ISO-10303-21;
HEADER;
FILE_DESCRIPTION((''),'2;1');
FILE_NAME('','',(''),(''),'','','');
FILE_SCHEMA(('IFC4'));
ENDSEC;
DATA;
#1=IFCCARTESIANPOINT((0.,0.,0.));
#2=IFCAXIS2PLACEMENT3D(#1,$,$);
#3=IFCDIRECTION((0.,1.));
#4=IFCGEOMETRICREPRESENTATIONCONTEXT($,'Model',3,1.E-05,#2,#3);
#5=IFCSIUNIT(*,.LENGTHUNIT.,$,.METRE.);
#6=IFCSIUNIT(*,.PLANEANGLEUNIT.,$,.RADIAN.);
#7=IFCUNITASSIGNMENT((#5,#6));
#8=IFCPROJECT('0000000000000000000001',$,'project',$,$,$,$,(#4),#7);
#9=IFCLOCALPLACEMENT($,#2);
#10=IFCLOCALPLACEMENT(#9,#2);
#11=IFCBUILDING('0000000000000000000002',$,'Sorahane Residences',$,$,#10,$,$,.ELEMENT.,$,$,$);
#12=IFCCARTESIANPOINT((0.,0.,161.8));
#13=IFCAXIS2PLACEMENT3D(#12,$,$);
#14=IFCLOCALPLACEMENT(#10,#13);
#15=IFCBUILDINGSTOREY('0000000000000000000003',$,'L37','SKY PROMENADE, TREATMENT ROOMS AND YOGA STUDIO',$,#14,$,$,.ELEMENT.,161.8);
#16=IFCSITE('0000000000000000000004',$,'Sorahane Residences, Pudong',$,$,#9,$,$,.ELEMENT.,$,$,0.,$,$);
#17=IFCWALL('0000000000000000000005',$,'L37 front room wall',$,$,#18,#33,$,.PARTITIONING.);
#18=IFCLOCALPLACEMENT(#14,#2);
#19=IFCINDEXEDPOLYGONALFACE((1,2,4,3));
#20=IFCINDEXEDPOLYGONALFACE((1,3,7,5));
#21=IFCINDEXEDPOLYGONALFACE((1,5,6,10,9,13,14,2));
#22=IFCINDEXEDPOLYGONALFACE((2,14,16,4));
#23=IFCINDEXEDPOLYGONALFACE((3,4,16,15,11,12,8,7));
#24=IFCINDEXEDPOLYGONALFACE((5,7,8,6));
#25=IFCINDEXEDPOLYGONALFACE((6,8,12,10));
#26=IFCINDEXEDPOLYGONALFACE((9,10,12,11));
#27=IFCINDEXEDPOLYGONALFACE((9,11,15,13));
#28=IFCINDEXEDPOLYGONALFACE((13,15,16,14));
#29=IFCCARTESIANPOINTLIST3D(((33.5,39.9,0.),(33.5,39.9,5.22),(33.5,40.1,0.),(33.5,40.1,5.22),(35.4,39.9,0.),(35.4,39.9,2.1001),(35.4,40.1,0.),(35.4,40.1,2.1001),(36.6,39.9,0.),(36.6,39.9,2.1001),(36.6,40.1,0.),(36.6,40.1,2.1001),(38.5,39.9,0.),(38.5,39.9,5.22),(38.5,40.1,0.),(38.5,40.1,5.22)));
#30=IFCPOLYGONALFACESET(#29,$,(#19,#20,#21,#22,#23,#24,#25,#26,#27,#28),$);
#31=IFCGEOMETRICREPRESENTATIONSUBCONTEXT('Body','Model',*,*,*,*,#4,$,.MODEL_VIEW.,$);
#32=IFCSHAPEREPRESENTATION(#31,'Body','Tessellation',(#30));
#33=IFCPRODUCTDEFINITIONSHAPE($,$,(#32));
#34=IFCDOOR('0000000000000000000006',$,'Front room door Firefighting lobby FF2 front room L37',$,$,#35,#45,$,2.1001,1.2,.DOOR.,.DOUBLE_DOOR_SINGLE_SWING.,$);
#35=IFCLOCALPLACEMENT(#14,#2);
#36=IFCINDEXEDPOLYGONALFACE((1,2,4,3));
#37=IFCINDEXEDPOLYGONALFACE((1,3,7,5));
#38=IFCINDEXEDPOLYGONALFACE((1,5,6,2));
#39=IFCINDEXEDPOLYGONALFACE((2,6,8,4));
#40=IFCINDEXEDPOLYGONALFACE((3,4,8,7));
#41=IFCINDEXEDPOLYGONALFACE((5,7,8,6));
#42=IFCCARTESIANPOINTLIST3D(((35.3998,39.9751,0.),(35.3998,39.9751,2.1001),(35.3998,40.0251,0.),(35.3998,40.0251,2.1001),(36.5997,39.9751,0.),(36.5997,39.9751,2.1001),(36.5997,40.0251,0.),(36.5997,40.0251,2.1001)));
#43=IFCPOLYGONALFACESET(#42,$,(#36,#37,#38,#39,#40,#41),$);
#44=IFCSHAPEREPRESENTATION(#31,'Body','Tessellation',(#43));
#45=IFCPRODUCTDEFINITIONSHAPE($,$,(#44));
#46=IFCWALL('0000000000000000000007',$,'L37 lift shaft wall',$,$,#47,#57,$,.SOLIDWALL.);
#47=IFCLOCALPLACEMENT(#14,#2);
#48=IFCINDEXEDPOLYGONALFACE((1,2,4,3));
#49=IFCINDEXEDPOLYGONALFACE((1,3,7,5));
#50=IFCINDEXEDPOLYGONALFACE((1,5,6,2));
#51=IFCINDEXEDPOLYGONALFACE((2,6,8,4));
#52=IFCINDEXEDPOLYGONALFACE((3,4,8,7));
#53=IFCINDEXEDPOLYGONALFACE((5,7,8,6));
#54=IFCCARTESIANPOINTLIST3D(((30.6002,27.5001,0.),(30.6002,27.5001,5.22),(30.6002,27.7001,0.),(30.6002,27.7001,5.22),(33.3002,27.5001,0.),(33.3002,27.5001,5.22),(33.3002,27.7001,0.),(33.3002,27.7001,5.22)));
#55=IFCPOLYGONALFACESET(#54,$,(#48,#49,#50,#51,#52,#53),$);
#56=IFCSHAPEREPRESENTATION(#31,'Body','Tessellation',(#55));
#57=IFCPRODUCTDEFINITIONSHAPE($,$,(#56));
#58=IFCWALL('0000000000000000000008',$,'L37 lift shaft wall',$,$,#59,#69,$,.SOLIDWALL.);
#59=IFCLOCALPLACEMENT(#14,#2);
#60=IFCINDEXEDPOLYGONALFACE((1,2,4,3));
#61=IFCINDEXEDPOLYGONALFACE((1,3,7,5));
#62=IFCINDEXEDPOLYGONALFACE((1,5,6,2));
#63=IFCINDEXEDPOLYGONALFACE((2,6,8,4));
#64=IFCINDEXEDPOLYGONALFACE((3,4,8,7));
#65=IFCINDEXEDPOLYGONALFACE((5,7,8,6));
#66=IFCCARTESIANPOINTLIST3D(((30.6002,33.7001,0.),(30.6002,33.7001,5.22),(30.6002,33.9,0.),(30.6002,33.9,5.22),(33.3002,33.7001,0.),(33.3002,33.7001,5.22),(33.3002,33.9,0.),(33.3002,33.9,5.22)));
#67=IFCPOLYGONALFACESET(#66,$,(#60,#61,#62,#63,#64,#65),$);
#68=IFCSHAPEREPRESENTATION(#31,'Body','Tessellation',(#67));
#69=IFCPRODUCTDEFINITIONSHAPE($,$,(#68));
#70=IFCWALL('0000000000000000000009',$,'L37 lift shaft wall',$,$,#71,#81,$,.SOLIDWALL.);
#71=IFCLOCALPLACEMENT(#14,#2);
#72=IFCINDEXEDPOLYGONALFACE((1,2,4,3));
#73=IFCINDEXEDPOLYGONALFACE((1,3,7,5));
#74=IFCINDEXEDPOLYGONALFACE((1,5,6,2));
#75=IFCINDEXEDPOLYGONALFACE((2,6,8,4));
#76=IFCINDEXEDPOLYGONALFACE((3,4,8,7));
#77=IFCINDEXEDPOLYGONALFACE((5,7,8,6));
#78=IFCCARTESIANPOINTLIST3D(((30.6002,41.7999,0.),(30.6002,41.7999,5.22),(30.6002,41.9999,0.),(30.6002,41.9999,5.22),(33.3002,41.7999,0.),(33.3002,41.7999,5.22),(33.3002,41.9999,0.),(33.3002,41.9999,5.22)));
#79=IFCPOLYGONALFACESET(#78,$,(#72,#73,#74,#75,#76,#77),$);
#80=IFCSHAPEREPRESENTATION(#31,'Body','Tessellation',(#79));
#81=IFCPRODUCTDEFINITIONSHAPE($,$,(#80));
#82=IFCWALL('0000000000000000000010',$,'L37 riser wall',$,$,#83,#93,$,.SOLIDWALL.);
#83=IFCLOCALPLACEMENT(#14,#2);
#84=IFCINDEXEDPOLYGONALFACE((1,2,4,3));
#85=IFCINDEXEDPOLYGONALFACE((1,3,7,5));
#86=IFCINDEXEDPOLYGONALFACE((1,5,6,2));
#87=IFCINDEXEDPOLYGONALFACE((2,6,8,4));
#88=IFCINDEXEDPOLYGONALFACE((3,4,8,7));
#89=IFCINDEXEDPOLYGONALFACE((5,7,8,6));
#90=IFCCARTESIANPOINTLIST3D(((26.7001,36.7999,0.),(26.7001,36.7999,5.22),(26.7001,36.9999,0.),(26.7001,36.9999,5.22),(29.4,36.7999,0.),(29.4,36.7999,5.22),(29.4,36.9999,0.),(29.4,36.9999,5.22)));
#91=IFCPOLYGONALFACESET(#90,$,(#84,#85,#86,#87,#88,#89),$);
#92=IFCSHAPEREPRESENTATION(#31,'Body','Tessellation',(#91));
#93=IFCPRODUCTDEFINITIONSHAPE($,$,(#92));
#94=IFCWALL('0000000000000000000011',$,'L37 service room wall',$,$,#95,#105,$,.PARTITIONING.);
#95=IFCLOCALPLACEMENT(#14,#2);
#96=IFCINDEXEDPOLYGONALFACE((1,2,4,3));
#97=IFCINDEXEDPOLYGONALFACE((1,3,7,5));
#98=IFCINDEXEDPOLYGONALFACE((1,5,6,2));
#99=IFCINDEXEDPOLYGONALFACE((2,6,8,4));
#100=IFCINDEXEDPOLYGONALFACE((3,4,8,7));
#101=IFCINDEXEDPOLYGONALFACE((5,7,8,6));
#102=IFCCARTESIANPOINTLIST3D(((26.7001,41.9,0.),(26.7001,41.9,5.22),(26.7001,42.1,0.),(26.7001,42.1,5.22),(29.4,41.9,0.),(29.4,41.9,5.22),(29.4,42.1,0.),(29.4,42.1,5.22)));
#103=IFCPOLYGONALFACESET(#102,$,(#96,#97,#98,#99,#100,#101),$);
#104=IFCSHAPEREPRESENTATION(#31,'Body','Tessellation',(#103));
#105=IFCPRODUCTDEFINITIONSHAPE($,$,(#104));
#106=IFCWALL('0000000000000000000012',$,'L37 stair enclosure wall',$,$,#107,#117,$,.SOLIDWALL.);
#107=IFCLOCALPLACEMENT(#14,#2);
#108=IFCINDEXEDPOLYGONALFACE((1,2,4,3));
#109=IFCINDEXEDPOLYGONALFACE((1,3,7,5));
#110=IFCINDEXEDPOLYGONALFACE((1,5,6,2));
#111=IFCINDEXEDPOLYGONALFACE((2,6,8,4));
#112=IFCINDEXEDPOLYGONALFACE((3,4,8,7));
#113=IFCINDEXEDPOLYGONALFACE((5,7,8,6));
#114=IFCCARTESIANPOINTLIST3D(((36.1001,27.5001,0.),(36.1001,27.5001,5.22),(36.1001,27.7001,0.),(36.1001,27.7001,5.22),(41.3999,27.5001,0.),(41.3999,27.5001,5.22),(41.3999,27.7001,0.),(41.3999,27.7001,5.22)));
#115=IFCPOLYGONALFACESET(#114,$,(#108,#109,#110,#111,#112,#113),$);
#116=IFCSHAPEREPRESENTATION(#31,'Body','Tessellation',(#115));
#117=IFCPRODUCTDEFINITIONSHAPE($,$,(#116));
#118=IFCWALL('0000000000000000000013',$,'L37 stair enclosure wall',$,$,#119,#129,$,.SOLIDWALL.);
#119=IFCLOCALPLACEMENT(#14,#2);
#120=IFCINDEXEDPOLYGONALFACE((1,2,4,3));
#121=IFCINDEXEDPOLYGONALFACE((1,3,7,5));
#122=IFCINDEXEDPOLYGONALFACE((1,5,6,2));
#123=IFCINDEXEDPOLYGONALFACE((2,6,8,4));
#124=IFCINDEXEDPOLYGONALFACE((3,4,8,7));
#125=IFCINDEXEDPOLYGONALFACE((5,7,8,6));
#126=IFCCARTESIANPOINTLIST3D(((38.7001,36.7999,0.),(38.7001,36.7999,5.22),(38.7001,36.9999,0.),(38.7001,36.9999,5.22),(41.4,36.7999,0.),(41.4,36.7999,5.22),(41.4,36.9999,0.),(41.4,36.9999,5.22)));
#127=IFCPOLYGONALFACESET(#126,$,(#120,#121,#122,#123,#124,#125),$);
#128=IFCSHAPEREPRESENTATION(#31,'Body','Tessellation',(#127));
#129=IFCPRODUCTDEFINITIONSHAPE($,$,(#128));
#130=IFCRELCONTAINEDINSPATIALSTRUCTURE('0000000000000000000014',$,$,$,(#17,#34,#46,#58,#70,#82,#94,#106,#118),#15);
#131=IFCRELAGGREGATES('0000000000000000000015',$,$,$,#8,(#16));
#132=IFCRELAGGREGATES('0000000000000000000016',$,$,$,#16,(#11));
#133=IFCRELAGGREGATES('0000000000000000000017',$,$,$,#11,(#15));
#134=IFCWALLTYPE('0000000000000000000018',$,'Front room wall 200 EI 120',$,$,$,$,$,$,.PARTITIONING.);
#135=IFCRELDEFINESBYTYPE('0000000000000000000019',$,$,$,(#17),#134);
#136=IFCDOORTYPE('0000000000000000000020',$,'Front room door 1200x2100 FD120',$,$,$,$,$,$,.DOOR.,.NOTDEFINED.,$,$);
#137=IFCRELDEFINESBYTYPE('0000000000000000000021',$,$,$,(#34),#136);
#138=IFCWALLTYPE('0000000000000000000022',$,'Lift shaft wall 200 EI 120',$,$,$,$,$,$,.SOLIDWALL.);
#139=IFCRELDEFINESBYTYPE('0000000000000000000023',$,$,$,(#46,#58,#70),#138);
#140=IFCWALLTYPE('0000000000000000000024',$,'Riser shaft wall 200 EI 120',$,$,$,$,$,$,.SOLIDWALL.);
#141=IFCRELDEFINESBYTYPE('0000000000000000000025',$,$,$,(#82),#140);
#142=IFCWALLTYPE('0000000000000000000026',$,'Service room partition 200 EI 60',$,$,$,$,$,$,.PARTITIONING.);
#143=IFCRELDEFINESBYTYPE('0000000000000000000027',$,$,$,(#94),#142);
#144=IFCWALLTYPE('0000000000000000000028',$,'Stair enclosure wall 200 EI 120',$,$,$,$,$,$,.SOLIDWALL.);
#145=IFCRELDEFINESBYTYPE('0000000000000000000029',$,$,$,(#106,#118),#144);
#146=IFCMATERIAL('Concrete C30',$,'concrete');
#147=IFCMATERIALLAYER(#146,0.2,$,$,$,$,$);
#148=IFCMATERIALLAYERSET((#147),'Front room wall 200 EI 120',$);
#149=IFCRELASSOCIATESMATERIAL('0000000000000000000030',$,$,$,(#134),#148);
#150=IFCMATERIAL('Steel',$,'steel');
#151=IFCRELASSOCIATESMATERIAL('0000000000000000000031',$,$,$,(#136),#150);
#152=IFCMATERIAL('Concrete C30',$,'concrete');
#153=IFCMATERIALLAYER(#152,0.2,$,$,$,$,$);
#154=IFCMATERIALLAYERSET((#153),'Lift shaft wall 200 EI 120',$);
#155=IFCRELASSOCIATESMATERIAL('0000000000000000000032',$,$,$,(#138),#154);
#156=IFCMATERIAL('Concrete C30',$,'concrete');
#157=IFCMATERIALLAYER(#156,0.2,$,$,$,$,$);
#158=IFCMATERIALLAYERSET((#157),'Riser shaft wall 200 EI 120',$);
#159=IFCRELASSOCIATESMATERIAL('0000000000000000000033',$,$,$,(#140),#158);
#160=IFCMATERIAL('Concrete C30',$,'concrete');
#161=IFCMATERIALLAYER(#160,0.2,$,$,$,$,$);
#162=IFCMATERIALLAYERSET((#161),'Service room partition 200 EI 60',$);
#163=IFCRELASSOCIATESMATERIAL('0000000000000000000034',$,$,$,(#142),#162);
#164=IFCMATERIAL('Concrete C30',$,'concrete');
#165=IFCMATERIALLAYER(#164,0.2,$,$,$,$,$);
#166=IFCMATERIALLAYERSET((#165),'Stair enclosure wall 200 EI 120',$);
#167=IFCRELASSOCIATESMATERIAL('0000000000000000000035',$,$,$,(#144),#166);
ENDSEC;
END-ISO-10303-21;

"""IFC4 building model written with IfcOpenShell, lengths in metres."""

from ifc_helpers import new_model, si_unit, direction, frame, frame_2d, origin, place, context, subcontext, project, spatial, rectangle, extrude, material, layer, layer_set, type_object, element, fill, save


model = new_model("IFC4")

# Units and contexts
model_context = context("Model", 3, precision=1e-05, world=origin(), true_north=direction((0.0, 1.0)))
body_context = subcontext(model_context, "Body", "Model", "MODEL_VIEW")
ifc_project = project(units=[si_unit("LENGTHUNIT", "METRE"), si_unit("PLANEANGLEUNIT", "RADIAN")], contexts=[model_context])

# Site, building, storey
site_placement = place(None, origin())
site = spatial("IfcSite", under=ifc_project, at=site_placement, Name="Sorahane Residences, Pudong", CompositionType="ELEMENT", RefElevation=0.0)
building_placement = place(site_placement, origin())
building = spatial("IfcBuilding", under=site, at=building_placement, Name="Sorahane Residences", CompositionType="ELEMENT")
storey_placement = place(building_placement, frame((0.0, 0.0, 161.8)))
storey = spatial("IfcBuildingStorey", under=building, at=storey_placement, Name="L37", Description="SKY PROMENADE, TREATMENT ROOMS AND YOGA STUDIO", CompositionType="ELEMENT", Elevation=161.8)

# Wall, opening, door
ifc_material_1 = material(Name="Concrete C30", Category="concrete")
ifc_layer_1 = layer(ifc_material_1, 0.2)
ifc_layer_set_1 = layer_set([ifc_layer_1], Name="Front room wall 200 EI 120")
wall_type_1 = type_object("IfcWallType", Name="Front room wall 200 EI 120", PredefinedType="PARTITIONING", material=ifc_layer_set_1)
ifc_material_2 = material(Name="Steel", Category="steel")
door_type = type_object("IfcDoorType", Name="Front room door 1200x2100 FD120", OperationType="NOTDEFINED", PredefinedType="DOOR", material=ifc_material_2)
wall_1_placement = place(storey_placement, frame((33.5, 40.0, 0.0), z_axis=(0.0, 0.0, 1.0), x_axis=(1.0, 0.0, 0.0)))
wall_1 = element("IfcWall", 1, at=wall_1_placement, inside=storey, type_object=wall_type_1, Name="L37 front room wall", PredefinedType="PARTITIONING", context=body_context, shape_type="SweptSolid", body=[
    extrude(rectangle(XDim=5.0, YDim=0.2, at=frame_2d((2.5, 0.0))), origin(), (0.0, 0.0, 1.0), 5.22),
])
opening_1_placement = place(wall_1_placement, frame((1.8999, 0.0, 0.0)))
opening_1 = element("IfcOpeningElement", 2, at=opening_1_placement, cuts=wall_1, PredefinedType="OPENING", context=body_context, shape_type="SweptSolid", body=[
    extrude(rectangle(XDim=1.2, YDim=2.1001, at=frame_2d((0.6001, 1.05))), frame((0.0, 0.1099, 0.0), z_axis=(0.0, -1.0, 0.0), x_axis=(1.0, 0.0, 0.0)), (0.0, 0.0, 1.0), 0.22),
])
door_1_placement = place(opening_1_placement, frame((1.2, 0.0, 0.0), z_axis=(0.0, 0.0, 1.0), x_axis=(-1.0, 0.0, 0.0)))
door_1 = element("IfcDoor", 3, at=door_1_placement, inside=storey, type_object=door_type, Name="Front room door Firefighting lobby FF2 front room L37", OperationType="DOUBLE_DOOR_SINGLE_SWING", OverallHeight=2.1001, OverallWidth=1.2, PredefinedType="DOOR", context=body_context, shape_type="SweptSolid", body=[
    extrude(rectangle(XDim=1.2, YDim=2.1001, at=frame_2d((0.6001, 1.05))), frame((0.0, 0.0249, 0.0), z_axis=(0.0, -1.0, 0.0), x_axis=(1.0, 0.0, 0.0)), (0.0, 0.0, 1.0), 0.05),
])
fill(opening_1, door_1)

# Walls
ifc_material_3 = material(Name="Concrete C30", Category="concrete")
ifc_layer_2 = layer(ifc_material_3, 0.2)
ifc_layer_set_2 = layer_set([ifc_layer_2], Name="Lift shaft wall 200 EI 120")
wall_type_2 = type_object("IfcWallType", Name="Lift shaft wall 200 EI 120", PredefinedType="SOLIDWALL", material=ifc_layer_set_2)
for number, where, z_axis, x_axis, name in (
    (4, (30.6001, 27.6001, 0.0), (0.0, 0.0, 1.0), (1.0, 0.0, 0.0), "L37 lift shaft wall"),
    (5, (30.6001, 33.8, 0.0), (0.0, 0.0, 1.0), (1.0, 0.0, 0.0), "L37 lift shaft wall"),
    (6, (30.6001, 41.8999, 0.0), (0.0, 0.0, 1.0), (1.0, 0.0, 0.0), "L37 lift shaft wall"),
):
    element("IfcWall", number, at=place(storey_placement, frame(where, z_axis=z_axis, x_axis=x_axis)), inside=storey, type_object=wall_type_2, Name=name, PredefinedType="SOLIDWALL", context=body_context, shape_type="SweptSolid", body=[
        extrude(rectangle(XDim=2.7, YDim=0.2, at=frame_2d((1.3501, 0.0))), origin(), (0.0, 0.0, 1.0), 5.22),
    ])
ifc_material_4 = material(Name="Concrete C30", Category="concrete")
ifc_layer_3 = layer(ifc_material_4, 0.2)
ifc_layer_set_3 = layer_set([ifc_layer_3], Name="Riser shaft wall 200 EI 120")
wall_type_3 = type_object("IfcWallType", Name="Riser shaft wall 200 EI 120", PredefinedType="SOLIDWALL", material=ifc_layer_set_3)
wall_2_placement = place(storey_placement, frame((26.7, 36.8999, 0.0), z_axis=(0.0, 0.0, 1.0), x_axis=(1.0, 0.0, 0.0)))
element("IfcWall", 7, at=wall_2_placement, inside=storey, type_object=wall_type_3, Name="L37 riser wall", PredefinedType="SOLIDWALL", context=body_context, shape_type="SweptSolid", body=[
    extrude(rectangle(XDim=2.7, YDim=0.2, at=frame_2d((1.3501, 0.0))), origin(), (0.0, 0.0, 1.0), 5.22),
])
ifc_material_5 = material(Name="Concrete C30", Category="concrete")
ifc_layer_4 = layer(ifc_material_5, 0.2)
ifc_layer_set_4 = layer_set([ifc_layer_4], Name="Service room partition 200 EI 60")
wall_type_4 = type_object("IfcWallType", Name="Service room partition 200 EI 60", PredefinedType="PARTITIONING", material=ifc_layer_set_4)
wall_3_placement = place(storey_placement, frame((26.7, 42.0, 0.0), z_axis=(0.0, 0.0, 1.0), x_axis=(1.0, 0.0, 0.0)))
element("IfcWall", 8, at=wall_3_placement, inside=storey, type_object=wall_type_4, Name="L37 service room wall", PredefinedType="PARTITIONING", context=body_context, shape_type="SweptSolid", body=[
    extrude(rectangle(XDim=2.7, YDim=0.2, at=frame_2d((1.3501, 0.0))), origin(), (0.0, 0.0, 1.0), 5.22),
])
ifc_material_6 = material(Name="Concrete C30", Category="concrete")
ifc_layer_5 = layer(ifc_material_6, 0.2)
ifc_layer_set_5 = layer_set([ifc_layer_5], Name="Stair enclosure wall 200 EI 120")
wall_type_5 = type_object("IfcWallType", Name="Stair enclosure wall 200 EI 120", PredefinedType="SOLIDWALL", material=ifc_layer_set_5)
wall_4_placement = place(storey_placement, frame((36.1001, 27.6001, 0.0), z_axis=(0.0, 0.0, 1.0), x_axis=(1.0, 0.0, 0.0)))
element("IfcWall", 9, at=wall_4_placement, inside=storey, type_object=wall_type_5, Name="L37 stair enclosure wall", PredefinedType="SOLIDWALL", context=body_context, shape_type="SweptSolid", body=[
    extrude(rectangle(XDim=5.2998, YDim=0.2, at=frame_2d((2.6499, 0.0))), origin(), (0.0, 0.0, 1.0), 5.22),
])
wall_5_placement = place(storey_placement, frame((38.7, 36.8999, 0.0), z_axis=(0.0, 0.0, 1.0), x_axis=(1.0, 0.0, 0.0)))
element("IfcWall", 10, at=wall_5_placement, inside=storey, type_object=wall_type_5, Name="L37 stair enclosure wall", PredefinedType="SOLIDWALL", context=body_context, shape_type="SweptSolid", body=[
    extrude(rectangle(XDim=2.7, YDim=0.2, at=frame_2d((1.3501, 0.0))), origin(), (0.0, 0.0, 1.0), 5.22),
])

save(model, "model.ifc")
